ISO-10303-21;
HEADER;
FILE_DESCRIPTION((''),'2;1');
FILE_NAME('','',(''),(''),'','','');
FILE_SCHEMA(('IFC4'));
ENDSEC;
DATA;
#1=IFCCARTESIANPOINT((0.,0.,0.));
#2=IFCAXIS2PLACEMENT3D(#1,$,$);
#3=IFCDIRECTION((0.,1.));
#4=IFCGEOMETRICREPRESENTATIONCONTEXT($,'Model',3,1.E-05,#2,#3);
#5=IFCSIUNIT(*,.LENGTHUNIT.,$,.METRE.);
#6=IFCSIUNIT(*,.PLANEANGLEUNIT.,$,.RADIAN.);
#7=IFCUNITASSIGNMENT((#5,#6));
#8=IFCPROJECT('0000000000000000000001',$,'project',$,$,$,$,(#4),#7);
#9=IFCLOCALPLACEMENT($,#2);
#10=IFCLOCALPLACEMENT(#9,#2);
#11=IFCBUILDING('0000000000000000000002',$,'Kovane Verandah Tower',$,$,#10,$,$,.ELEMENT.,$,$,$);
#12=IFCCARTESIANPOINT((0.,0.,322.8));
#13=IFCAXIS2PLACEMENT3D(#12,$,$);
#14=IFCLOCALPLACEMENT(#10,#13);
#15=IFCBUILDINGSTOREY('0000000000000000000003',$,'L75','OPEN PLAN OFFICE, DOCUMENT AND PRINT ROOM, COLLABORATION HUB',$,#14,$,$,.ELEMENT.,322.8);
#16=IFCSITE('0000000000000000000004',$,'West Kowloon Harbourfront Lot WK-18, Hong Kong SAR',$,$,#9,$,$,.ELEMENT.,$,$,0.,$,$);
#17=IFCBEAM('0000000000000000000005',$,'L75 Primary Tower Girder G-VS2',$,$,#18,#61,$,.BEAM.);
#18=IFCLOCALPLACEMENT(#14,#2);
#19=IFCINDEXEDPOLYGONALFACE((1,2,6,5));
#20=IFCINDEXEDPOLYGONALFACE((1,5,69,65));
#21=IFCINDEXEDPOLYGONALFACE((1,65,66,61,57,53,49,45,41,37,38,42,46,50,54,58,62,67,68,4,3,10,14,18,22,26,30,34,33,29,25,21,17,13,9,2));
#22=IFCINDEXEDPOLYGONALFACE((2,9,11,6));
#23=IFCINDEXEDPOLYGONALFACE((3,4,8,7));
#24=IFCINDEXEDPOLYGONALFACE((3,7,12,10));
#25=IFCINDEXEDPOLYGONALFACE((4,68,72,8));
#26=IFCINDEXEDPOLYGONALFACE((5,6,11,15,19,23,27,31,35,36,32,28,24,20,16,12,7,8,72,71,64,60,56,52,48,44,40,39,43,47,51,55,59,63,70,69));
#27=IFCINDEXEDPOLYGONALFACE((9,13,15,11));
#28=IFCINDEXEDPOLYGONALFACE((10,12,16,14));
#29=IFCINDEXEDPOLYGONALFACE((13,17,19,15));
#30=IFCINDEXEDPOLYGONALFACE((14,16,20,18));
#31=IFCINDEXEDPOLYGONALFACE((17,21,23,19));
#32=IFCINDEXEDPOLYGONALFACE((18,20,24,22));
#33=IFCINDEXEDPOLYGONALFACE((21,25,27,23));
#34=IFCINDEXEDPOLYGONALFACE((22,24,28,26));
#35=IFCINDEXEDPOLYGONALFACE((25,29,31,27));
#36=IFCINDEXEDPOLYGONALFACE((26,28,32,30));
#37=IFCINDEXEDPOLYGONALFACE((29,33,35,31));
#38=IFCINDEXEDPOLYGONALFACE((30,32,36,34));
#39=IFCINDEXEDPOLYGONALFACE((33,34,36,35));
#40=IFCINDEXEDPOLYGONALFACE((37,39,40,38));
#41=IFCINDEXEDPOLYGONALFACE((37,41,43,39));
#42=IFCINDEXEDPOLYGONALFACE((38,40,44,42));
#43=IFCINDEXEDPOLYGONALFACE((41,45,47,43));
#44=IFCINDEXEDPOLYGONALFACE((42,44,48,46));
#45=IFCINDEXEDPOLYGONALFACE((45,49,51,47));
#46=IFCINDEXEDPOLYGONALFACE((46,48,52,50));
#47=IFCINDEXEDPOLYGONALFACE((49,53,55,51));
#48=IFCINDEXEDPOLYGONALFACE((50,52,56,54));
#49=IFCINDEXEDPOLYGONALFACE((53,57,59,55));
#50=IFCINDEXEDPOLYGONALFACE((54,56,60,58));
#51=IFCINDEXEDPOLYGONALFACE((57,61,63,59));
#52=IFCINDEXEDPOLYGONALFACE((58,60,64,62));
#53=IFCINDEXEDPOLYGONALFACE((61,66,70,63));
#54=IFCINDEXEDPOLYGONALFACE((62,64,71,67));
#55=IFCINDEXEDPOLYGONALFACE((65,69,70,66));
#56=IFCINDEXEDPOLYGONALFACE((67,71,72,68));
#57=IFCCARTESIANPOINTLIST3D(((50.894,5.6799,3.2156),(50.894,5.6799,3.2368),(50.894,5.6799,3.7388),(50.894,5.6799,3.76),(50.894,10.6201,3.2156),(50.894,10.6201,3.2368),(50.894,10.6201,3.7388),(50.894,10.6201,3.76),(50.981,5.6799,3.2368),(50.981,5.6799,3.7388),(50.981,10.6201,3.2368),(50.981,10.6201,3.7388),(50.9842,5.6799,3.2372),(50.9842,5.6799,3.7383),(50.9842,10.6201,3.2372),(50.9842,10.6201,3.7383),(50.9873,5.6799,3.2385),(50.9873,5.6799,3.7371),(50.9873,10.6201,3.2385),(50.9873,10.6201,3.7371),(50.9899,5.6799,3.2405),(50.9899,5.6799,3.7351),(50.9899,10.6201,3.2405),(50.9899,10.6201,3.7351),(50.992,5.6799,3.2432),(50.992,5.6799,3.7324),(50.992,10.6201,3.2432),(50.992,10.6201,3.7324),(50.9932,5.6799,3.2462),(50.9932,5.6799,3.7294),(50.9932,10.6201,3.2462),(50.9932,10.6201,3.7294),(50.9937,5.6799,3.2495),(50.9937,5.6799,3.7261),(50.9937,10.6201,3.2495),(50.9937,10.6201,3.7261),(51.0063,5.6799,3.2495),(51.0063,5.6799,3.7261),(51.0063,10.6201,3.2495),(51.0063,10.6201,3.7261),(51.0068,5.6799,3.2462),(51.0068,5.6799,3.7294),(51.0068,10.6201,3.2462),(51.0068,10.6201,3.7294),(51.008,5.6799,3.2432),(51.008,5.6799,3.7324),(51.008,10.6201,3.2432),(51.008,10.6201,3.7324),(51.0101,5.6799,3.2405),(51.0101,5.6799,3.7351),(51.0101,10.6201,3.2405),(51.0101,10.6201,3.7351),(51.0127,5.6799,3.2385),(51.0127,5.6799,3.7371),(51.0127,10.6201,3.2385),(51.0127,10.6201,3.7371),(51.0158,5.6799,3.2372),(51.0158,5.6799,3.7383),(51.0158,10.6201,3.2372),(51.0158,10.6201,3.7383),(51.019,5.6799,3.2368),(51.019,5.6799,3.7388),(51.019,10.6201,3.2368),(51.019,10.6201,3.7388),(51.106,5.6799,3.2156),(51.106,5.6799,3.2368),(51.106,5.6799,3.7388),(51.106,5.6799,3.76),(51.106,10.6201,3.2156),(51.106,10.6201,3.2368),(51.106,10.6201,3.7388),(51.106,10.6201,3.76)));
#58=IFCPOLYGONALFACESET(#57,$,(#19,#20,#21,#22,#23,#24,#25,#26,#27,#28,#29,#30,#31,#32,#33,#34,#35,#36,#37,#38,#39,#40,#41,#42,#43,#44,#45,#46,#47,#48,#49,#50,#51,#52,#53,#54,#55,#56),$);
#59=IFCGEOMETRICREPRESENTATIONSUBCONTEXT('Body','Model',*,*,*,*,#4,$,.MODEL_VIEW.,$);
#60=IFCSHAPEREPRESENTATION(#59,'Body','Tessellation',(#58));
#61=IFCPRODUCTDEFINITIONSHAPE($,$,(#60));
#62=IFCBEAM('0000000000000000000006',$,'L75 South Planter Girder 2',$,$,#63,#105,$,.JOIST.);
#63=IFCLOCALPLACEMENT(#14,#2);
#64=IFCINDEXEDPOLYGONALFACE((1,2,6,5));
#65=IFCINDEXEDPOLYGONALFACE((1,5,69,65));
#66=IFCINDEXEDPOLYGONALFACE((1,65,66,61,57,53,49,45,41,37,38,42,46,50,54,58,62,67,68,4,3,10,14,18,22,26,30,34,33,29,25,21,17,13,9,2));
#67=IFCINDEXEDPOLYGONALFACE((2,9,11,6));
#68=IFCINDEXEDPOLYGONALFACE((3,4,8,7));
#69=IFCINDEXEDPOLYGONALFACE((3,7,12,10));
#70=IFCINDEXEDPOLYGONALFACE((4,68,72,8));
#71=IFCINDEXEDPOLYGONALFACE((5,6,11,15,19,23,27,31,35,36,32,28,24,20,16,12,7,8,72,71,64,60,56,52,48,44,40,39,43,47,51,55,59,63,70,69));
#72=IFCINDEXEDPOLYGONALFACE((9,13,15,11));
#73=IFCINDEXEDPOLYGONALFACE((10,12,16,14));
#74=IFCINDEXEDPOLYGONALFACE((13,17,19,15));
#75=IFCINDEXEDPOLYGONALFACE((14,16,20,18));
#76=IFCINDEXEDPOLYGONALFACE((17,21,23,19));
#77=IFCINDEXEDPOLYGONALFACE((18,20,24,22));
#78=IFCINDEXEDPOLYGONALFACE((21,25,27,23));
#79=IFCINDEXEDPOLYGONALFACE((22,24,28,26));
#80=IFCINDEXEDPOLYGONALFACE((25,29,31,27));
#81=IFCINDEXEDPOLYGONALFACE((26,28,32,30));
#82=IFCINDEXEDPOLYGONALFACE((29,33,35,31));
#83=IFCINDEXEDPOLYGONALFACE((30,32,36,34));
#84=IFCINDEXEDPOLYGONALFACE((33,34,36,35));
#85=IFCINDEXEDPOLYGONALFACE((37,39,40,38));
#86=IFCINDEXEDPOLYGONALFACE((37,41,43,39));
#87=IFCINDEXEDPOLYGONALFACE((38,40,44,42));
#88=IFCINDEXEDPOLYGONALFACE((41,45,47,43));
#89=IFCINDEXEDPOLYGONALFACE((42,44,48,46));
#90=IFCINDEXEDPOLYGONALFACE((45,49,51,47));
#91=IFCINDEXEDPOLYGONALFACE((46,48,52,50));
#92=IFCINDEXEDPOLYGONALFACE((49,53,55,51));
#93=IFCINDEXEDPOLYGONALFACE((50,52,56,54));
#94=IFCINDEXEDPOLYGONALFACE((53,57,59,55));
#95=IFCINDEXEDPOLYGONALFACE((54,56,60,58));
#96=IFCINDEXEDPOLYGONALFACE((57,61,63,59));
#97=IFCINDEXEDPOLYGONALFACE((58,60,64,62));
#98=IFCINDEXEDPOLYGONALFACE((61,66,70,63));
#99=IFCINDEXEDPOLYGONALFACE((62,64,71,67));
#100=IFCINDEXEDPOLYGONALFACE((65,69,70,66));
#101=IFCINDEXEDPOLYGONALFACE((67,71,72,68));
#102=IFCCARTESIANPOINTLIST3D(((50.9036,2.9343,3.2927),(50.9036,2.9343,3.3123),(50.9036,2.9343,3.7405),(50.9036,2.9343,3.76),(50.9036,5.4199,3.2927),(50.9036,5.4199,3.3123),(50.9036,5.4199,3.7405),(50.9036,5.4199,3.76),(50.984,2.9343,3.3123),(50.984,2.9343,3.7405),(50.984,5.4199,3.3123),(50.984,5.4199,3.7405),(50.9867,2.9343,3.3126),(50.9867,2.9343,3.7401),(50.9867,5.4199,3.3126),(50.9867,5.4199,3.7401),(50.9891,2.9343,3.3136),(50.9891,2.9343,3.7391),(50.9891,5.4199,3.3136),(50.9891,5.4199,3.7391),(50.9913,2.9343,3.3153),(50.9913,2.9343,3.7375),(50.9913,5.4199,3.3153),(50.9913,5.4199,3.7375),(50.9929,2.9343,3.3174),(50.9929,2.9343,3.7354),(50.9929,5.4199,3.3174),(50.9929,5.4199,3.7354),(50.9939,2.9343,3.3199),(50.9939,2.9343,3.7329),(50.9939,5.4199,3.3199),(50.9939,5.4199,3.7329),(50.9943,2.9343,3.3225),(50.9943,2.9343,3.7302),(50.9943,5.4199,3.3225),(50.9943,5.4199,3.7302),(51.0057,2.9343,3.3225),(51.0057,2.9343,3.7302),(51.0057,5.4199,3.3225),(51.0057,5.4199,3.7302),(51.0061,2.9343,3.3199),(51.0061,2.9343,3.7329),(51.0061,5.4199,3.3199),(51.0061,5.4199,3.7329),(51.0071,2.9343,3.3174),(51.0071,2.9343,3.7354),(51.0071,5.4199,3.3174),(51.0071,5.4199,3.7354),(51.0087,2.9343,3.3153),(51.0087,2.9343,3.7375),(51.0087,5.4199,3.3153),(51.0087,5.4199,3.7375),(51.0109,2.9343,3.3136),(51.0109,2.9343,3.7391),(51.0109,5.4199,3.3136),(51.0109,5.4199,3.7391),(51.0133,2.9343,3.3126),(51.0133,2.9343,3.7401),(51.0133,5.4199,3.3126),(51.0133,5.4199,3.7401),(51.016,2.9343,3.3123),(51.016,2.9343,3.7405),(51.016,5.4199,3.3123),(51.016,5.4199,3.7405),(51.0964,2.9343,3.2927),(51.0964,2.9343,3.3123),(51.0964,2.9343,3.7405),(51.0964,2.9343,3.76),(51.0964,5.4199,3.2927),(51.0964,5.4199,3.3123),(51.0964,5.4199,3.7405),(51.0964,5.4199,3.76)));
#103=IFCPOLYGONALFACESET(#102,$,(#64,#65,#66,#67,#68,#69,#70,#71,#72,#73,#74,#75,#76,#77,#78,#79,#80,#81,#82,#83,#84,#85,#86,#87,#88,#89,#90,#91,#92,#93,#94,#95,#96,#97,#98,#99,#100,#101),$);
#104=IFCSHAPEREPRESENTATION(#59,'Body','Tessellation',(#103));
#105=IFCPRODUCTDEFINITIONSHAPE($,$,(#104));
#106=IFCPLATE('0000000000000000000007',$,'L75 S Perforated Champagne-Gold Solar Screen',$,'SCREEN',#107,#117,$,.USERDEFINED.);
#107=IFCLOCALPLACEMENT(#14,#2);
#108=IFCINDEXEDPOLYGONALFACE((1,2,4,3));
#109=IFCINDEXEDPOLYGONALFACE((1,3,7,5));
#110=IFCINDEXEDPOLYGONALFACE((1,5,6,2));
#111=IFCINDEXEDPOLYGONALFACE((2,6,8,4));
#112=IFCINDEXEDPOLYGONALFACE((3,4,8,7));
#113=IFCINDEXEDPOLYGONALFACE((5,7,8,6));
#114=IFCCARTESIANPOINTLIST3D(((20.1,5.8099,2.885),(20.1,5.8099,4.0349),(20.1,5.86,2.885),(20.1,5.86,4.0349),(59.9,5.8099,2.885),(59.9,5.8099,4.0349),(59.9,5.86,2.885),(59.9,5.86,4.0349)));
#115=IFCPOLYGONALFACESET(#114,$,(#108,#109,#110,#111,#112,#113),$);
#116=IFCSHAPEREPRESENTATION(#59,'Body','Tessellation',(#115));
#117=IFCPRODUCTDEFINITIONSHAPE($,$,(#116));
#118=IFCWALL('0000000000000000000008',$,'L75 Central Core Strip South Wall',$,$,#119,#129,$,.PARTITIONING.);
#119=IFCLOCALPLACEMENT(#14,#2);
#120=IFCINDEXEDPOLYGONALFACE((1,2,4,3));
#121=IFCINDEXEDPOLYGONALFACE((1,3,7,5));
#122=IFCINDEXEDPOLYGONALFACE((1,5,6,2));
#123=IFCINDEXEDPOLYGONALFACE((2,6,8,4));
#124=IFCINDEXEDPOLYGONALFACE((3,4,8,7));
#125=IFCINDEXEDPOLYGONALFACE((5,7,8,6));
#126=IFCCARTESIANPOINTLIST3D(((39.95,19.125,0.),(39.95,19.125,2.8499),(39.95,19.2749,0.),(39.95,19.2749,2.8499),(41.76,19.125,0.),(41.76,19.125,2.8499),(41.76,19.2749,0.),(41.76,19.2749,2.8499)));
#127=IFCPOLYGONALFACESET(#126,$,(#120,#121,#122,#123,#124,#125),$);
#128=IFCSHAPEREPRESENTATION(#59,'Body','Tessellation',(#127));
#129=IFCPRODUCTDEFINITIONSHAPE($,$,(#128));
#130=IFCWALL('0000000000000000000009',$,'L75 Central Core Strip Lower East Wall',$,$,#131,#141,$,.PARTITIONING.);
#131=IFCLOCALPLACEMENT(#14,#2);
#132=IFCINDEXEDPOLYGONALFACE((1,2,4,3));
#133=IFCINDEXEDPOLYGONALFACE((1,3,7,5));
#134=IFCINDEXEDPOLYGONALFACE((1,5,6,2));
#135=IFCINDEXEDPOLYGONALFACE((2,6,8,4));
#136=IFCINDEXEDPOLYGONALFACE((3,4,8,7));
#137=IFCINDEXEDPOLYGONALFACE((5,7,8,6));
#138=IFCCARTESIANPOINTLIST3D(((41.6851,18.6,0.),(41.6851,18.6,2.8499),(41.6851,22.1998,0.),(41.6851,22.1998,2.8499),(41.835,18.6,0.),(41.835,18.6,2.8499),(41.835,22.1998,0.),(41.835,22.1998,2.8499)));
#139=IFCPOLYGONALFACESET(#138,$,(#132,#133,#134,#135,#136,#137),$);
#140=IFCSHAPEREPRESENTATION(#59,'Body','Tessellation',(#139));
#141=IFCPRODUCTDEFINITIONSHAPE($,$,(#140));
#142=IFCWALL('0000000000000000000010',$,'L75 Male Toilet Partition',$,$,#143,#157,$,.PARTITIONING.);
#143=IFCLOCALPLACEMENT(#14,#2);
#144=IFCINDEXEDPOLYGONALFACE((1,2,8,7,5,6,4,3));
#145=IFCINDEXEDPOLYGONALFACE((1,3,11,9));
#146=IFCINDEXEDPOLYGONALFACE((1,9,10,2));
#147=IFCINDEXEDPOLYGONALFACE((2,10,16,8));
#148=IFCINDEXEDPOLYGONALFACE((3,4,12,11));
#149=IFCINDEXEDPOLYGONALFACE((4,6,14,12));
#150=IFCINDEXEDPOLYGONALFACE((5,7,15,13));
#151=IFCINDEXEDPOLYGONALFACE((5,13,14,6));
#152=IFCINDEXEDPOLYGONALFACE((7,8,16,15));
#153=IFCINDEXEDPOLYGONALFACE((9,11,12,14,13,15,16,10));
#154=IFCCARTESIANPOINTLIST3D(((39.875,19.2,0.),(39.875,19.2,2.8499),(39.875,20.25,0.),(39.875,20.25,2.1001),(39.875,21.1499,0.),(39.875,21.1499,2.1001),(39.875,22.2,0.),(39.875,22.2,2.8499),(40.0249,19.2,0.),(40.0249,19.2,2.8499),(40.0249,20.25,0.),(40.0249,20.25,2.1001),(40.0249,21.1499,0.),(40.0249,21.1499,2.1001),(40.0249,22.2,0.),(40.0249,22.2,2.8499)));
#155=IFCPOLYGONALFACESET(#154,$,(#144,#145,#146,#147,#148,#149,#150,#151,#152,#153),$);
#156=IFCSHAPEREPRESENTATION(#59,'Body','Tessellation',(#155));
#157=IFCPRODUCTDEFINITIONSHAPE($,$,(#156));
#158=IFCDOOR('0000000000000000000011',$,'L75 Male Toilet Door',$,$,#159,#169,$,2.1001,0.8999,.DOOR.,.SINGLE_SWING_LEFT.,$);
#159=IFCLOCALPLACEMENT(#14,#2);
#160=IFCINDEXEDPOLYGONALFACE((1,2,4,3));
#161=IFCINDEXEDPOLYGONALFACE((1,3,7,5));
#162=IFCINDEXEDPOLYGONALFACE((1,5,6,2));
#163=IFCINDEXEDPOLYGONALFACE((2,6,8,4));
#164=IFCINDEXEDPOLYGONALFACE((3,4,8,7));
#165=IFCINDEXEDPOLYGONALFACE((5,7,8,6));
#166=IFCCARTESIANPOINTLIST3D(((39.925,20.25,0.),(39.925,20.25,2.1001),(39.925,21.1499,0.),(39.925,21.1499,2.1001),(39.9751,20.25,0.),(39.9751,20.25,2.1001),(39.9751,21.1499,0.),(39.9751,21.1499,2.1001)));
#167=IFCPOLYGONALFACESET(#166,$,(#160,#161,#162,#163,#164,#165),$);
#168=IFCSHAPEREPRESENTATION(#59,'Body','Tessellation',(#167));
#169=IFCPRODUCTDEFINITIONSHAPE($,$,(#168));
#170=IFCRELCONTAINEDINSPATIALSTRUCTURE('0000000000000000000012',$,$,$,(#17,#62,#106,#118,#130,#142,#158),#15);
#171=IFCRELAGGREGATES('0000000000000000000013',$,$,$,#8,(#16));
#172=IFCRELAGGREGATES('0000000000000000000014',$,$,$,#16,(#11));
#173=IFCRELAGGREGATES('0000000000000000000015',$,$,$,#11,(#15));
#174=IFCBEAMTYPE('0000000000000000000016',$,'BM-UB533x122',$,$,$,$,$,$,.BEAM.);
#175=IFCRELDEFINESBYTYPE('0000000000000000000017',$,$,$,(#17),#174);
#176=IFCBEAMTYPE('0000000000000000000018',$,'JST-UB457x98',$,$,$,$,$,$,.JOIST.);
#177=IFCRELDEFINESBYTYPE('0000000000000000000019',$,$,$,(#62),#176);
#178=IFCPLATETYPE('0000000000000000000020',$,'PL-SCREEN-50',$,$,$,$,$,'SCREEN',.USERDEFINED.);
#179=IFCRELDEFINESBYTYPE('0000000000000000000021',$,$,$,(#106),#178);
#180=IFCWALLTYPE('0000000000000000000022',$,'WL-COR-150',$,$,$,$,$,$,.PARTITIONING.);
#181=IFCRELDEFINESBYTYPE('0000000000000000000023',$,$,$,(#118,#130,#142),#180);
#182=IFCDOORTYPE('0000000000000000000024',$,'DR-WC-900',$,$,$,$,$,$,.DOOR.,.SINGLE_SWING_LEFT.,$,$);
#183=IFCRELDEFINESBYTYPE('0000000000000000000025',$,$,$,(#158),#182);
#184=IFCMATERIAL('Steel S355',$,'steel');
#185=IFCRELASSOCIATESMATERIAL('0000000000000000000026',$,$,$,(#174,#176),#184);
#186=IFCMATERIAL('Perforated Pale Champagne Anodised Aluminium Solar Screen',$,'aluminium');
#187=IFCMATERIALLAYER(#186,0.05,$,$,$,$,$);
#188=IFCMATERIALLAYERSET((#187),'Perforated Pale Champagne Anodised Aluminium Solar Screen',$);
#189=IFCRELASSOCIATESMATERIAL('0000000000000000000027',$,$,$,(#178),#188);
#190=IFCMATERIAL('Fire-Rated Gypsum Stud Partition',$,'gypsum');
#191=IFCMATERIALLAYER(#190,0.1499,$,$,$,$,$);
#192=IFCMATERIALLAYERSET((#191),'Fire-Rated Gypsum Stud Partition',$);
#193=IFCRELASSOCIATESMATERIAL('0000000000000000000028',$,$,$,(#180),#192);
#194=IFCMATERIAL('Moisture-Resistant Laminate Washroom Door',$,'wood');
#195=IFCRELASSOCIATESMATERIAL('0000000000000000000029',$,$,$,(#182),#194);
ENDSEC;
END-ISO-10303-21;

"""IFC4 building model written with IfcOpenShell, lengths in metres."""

from ifc_helpers import new_model, si_unit, direction, frame, frame_2d, origin, origin_2d, place, context, subcontext, project, spatial, rectangle, i_section, extrude, material, layer, layer_set, material_profile, profile_set, type_object, element, fill, save


model = new_model("IFC4")

# Units and contexts
model_context = context("Model", 3, precision=1e-05, world=origin(), true_north=direction((0.0, 1.0)))
body_context = subcontext(model_context, "Body", "Model", "MODEL_VIEW")
ifc_project = project(units=[si_unit("LENGTHUNIT", "METRE"), si_unit("PLANEANGLEUNIT", "RADIAN")], contexts=[model_context])

# Site, building, storey
site_placement = place(None, origin())
site = spatial("IfcSite", under=ifc_project, at=site_placement, Name="West Kowloon Harbourfront Lot WK-18, Hong Kong SAR", CompositionType="ELEMENT", RefElevation=0.0)
building_placement = place(site_placement, origin())
building = spatial("IfcBuilding", under=site, at=building_placement, Name="Kovane Verandah Tower", CompositionType="ELEMENT")
storey_placement = place(building_placement, frame((0.0, 0.0, 322.8)))
storey = spatial("IfcBuildingStorey", under=building, at=storey_placement, Name="L75", Description="OPEN PLAN OFFICE, DOCUMENT AND PRINT ROOM, COLLABORATION HUB", CompositionType="ELEMENT", Elevation=322.8)

# Beams
ifc_material_1 = material(Name="Steel S355", Category="steel")
ifc_material_profile_1 = material_profile(ifc_material_1, i_section(OverallWidth=0.2119, OverallDepth=0.5444, WebThickness=0.0127, FlangeThickness=0.0212, FilletRadius=0.0127, at=origin_2d()), Name="UB533x210x122")
ifc_profile_set_1 = profile_set([ifc_material_profile_1], Name="Steel S355")
beam_type_1 = type_object("IfcBeamType", Name="BM-UB533x122", PredefinedType="BEAM", material=ifc_profile_set_1)
beam_1_placement = place(storey_placement, frame((51.0, 10.6201, 3.4878), z_axis=(0.0, -1.0, 0.0), x_axis=(1.0, 0.0, 0.0)))
element("IfcBeam", 1, at=beam_1_placement, inside=storey, type_object=beam_type_1, Name="L75 Primary Tower Girder G-VS2", PredefinedType="BEAM", context=body_context, shape_type="SweptSolid", body=[
    extrude(i_section(OverallWidth=0.2119, OverallDepth=0.5444, WebThickness=0.0127, FlangeThickness=0.0212, FilletRadius=0.0127, at=origin_2d()), origin(), (0.0, 0.0, 1.0), 4.9402),
])
ifc_material_profile_2 = material_profile(ifc_material_1, i_section(OverallWidth=0.1929, OverallDepth=0.4673, WebThickness=0.0115, FlangeThickness=0.0195, FilletRadius=0.0103, at=origin_2d()), Name="UB457x191x98")
ifc_profile_set_2 = profile_set([ifc_material_profile_2], Name="Steel S355")
beam_type_2 = type_object("IfcBeamType", Name="JST-UB457x98", PredefinedType="JOIST", material=ifc_profile_set_2)
beam_2_placement = place(storey_placement, frame((51.0, 5.4199, 3.5264), z_axis=(0.0, -1.0, 0.0), x_axis=(1.0, 0.0, 0.0)))
element("IfcBeam", 2, at=beam_2_placement, inside=storey, type_object=beam_type_2, Name="L75 South Planter Girder 2", PredefinedType="JOIST", context=body_context, shape_type="SweptSolid", body=[
    extrude(i_section(OverallWidth=0.1929, OverallDepth=0.4673, WebThickness=0.0115, FlangeThickness=0.0195, FilletRadius=0.0103, at=origin_2d()), origin(), (0.0, 0.0, 1.0), 2.4856),
])

# Plate
ifc_material_2 = material(Name="Perforated Pale Champagne Anodised Aluminium Solar Screen", Category="aluminium")
ifc_layer_1 = layer(ifc_material_2, 0.05)
ifc_layer_set_1 = layer_set([ifc_layer_1], Name="Perforated Pale Champagne Anodised Aluminium Solar Screen")
plate_type = type_object("IfcPlateType", Name="PL-SCREEN-50", ElementType="SCREEN", PredefinedType="USERDEFINED", material=ifc_layer_set_1)
plate_placement = place(storey_placement, frame((40.0, 5.835, 2.885), z_axis=(0.0, 0.0, 1.0), x_axis=(1.0, 0.0, 0.0)))
element("IfcPlate", 3, at=plate_placement, inside=storey, type_object=plate_type, Name="L75 S Perforated Champagne-Gold Solar Screen", ObjectType="SCREEN", PredefinedType="USERDEFINED", context=body_context, shape_type="SweptSolid", body=[
    extrude(rectangle(XDim=39.8, YDim=0.05, at=origin_2d()), origin(), (0.0, 0.0, 1.0), 1.1499),
])

# Walls
ifc_material_3 = material(Name="Fire-Rated Gypsum Stud Partition", Category="gypsum")
ifc_layer_2 = layer(ifc_material_3, 0.1499)
ifc_layer_set_2 = layer_set([ifc_layer_2], Name="Fire-Rated Gypsum Stud Partition")
wall_type_1 = type_object("IfcWallType", Name="WL-COR-150", PredefinedType="PARTITIONING", material=ifc_layer_set_2)
wall_1_placement = place(storey_placement, frame((39.95, 19.2, 0.0), z_axis=(0.0, 0.0, 1.0), x_axis=(1.0, 0.0, 0.0)))
element("IfcWall", 4, at=wall_1_placement, inside=storey, type_object=wall_type_1, Name="L75 Central Core Strip South Wall", PredefinedType="PARTITIONING", context=body_context, shape_type="SweptSolid", body=[
    extrude(rectangle(XDim=1.8101, YDim=0.1499, at=frame_2d((0.905, 0.0))), origin(), (0.0, 0.0, 1.0), 2.8499),
])
wall_2_placement = place(storey_placement, frame((41.76, 18.6001, 0.0), z_axis=(0.0, 0.0, 1.0), x_axis=(0.0, 1.0, 0.0)))
element("IfcWall", 5, at=wall_2_placement, inside=storey, type_object=wall_type_1, Name="L75 Central Core Strip Lower East Wall", PredefinedType="PARTITIONING", context=body_context, shape_type="SweptSolid", body=[
    extrude(rectangle(XDim=3.5999, YDim=0.1499, at=frame_2d((1.7998, 0.0))), origin(), (0.0, 0.0, 1.0), 2.8499),
])

# Wall, opening, door
wall_3_placement = place(storey_placement, frame((39.95, 19.2, 0.0), z_axis=(0.0, 0.0, 1.0), x_axis=(0.0, 1.0, 0.0)))
wall_3 = element("IfcWall", 6, at=wall_3_placement, inside=storey, type_object=wall_type_1, Name="L75 Male Toilet Partition", PredefinedType="PARTITIONING", context=body_context, shape_type="SweptSolid", body=[
    extrude(rectangle(XDim=3.0, YDim=0.1499, at=frame_2d((1.5, 0.0))), origin(), (0.0, 0.0, 1.0), 2.8499),
])
opening_1_placement = place(wall_3_placement, frame((1.05, 0.0, 0.0)))
opening_1 = element("IfcOpeningElement", 7, at=opening_1_placement, cuts=wall_3, PredefinedType="OPENING", context=body_context, shape_type="SweptSolid", body=[
    extrude(rectangle(XDim=0.8999, YDim=2.1001, at=frame_2d((0.45, 1.05))), frame((0.0, 0.075, 0.0), z_axis=(0.0, -1.0, 0.0), x_axis=(1.0, 0.0, 0.0)), (0.0, 0.0, 1.0), 0.1499),
])
ifc_material_4 = material(Name="Moisture-Resistant Laminate Washroom Door", Category="wood")
door_type_1 = type_object("IfcDoorType", Name="DR-WC-900", OperationType="SINGLE_SWING_LEFT", PredefinedType="DOOR", material=ifc_material_4)
door_1_placement = place(opening_1_placement, origin())
door_1 = element("IfcDoor", 8, at=door_1_placement, inside=storey, type_object=door_type_1, Name="L75 Male Toilet Door", OperationType="SINGLE_SWING_LEFT", OverallHeight=2.1001, OverallWidth=0.8999, PredefinedType="DOOR", context=body_context, shape_type="SweptSolid", body=[
    extrude(rectangle(XDim=0.8999, YDim=2.1001, at=frame_2d((0.45, 1.05))), frame((0.0, 0.0249, 0.0), z_axis=(0.0, -1.0, 0.0), x_axis=(1.0, 0.0, 0.0)), (0.0, 0.0, 1.0), 0.05),
])
fill(opening_1, door_1)

save(model, "model.ifc")
